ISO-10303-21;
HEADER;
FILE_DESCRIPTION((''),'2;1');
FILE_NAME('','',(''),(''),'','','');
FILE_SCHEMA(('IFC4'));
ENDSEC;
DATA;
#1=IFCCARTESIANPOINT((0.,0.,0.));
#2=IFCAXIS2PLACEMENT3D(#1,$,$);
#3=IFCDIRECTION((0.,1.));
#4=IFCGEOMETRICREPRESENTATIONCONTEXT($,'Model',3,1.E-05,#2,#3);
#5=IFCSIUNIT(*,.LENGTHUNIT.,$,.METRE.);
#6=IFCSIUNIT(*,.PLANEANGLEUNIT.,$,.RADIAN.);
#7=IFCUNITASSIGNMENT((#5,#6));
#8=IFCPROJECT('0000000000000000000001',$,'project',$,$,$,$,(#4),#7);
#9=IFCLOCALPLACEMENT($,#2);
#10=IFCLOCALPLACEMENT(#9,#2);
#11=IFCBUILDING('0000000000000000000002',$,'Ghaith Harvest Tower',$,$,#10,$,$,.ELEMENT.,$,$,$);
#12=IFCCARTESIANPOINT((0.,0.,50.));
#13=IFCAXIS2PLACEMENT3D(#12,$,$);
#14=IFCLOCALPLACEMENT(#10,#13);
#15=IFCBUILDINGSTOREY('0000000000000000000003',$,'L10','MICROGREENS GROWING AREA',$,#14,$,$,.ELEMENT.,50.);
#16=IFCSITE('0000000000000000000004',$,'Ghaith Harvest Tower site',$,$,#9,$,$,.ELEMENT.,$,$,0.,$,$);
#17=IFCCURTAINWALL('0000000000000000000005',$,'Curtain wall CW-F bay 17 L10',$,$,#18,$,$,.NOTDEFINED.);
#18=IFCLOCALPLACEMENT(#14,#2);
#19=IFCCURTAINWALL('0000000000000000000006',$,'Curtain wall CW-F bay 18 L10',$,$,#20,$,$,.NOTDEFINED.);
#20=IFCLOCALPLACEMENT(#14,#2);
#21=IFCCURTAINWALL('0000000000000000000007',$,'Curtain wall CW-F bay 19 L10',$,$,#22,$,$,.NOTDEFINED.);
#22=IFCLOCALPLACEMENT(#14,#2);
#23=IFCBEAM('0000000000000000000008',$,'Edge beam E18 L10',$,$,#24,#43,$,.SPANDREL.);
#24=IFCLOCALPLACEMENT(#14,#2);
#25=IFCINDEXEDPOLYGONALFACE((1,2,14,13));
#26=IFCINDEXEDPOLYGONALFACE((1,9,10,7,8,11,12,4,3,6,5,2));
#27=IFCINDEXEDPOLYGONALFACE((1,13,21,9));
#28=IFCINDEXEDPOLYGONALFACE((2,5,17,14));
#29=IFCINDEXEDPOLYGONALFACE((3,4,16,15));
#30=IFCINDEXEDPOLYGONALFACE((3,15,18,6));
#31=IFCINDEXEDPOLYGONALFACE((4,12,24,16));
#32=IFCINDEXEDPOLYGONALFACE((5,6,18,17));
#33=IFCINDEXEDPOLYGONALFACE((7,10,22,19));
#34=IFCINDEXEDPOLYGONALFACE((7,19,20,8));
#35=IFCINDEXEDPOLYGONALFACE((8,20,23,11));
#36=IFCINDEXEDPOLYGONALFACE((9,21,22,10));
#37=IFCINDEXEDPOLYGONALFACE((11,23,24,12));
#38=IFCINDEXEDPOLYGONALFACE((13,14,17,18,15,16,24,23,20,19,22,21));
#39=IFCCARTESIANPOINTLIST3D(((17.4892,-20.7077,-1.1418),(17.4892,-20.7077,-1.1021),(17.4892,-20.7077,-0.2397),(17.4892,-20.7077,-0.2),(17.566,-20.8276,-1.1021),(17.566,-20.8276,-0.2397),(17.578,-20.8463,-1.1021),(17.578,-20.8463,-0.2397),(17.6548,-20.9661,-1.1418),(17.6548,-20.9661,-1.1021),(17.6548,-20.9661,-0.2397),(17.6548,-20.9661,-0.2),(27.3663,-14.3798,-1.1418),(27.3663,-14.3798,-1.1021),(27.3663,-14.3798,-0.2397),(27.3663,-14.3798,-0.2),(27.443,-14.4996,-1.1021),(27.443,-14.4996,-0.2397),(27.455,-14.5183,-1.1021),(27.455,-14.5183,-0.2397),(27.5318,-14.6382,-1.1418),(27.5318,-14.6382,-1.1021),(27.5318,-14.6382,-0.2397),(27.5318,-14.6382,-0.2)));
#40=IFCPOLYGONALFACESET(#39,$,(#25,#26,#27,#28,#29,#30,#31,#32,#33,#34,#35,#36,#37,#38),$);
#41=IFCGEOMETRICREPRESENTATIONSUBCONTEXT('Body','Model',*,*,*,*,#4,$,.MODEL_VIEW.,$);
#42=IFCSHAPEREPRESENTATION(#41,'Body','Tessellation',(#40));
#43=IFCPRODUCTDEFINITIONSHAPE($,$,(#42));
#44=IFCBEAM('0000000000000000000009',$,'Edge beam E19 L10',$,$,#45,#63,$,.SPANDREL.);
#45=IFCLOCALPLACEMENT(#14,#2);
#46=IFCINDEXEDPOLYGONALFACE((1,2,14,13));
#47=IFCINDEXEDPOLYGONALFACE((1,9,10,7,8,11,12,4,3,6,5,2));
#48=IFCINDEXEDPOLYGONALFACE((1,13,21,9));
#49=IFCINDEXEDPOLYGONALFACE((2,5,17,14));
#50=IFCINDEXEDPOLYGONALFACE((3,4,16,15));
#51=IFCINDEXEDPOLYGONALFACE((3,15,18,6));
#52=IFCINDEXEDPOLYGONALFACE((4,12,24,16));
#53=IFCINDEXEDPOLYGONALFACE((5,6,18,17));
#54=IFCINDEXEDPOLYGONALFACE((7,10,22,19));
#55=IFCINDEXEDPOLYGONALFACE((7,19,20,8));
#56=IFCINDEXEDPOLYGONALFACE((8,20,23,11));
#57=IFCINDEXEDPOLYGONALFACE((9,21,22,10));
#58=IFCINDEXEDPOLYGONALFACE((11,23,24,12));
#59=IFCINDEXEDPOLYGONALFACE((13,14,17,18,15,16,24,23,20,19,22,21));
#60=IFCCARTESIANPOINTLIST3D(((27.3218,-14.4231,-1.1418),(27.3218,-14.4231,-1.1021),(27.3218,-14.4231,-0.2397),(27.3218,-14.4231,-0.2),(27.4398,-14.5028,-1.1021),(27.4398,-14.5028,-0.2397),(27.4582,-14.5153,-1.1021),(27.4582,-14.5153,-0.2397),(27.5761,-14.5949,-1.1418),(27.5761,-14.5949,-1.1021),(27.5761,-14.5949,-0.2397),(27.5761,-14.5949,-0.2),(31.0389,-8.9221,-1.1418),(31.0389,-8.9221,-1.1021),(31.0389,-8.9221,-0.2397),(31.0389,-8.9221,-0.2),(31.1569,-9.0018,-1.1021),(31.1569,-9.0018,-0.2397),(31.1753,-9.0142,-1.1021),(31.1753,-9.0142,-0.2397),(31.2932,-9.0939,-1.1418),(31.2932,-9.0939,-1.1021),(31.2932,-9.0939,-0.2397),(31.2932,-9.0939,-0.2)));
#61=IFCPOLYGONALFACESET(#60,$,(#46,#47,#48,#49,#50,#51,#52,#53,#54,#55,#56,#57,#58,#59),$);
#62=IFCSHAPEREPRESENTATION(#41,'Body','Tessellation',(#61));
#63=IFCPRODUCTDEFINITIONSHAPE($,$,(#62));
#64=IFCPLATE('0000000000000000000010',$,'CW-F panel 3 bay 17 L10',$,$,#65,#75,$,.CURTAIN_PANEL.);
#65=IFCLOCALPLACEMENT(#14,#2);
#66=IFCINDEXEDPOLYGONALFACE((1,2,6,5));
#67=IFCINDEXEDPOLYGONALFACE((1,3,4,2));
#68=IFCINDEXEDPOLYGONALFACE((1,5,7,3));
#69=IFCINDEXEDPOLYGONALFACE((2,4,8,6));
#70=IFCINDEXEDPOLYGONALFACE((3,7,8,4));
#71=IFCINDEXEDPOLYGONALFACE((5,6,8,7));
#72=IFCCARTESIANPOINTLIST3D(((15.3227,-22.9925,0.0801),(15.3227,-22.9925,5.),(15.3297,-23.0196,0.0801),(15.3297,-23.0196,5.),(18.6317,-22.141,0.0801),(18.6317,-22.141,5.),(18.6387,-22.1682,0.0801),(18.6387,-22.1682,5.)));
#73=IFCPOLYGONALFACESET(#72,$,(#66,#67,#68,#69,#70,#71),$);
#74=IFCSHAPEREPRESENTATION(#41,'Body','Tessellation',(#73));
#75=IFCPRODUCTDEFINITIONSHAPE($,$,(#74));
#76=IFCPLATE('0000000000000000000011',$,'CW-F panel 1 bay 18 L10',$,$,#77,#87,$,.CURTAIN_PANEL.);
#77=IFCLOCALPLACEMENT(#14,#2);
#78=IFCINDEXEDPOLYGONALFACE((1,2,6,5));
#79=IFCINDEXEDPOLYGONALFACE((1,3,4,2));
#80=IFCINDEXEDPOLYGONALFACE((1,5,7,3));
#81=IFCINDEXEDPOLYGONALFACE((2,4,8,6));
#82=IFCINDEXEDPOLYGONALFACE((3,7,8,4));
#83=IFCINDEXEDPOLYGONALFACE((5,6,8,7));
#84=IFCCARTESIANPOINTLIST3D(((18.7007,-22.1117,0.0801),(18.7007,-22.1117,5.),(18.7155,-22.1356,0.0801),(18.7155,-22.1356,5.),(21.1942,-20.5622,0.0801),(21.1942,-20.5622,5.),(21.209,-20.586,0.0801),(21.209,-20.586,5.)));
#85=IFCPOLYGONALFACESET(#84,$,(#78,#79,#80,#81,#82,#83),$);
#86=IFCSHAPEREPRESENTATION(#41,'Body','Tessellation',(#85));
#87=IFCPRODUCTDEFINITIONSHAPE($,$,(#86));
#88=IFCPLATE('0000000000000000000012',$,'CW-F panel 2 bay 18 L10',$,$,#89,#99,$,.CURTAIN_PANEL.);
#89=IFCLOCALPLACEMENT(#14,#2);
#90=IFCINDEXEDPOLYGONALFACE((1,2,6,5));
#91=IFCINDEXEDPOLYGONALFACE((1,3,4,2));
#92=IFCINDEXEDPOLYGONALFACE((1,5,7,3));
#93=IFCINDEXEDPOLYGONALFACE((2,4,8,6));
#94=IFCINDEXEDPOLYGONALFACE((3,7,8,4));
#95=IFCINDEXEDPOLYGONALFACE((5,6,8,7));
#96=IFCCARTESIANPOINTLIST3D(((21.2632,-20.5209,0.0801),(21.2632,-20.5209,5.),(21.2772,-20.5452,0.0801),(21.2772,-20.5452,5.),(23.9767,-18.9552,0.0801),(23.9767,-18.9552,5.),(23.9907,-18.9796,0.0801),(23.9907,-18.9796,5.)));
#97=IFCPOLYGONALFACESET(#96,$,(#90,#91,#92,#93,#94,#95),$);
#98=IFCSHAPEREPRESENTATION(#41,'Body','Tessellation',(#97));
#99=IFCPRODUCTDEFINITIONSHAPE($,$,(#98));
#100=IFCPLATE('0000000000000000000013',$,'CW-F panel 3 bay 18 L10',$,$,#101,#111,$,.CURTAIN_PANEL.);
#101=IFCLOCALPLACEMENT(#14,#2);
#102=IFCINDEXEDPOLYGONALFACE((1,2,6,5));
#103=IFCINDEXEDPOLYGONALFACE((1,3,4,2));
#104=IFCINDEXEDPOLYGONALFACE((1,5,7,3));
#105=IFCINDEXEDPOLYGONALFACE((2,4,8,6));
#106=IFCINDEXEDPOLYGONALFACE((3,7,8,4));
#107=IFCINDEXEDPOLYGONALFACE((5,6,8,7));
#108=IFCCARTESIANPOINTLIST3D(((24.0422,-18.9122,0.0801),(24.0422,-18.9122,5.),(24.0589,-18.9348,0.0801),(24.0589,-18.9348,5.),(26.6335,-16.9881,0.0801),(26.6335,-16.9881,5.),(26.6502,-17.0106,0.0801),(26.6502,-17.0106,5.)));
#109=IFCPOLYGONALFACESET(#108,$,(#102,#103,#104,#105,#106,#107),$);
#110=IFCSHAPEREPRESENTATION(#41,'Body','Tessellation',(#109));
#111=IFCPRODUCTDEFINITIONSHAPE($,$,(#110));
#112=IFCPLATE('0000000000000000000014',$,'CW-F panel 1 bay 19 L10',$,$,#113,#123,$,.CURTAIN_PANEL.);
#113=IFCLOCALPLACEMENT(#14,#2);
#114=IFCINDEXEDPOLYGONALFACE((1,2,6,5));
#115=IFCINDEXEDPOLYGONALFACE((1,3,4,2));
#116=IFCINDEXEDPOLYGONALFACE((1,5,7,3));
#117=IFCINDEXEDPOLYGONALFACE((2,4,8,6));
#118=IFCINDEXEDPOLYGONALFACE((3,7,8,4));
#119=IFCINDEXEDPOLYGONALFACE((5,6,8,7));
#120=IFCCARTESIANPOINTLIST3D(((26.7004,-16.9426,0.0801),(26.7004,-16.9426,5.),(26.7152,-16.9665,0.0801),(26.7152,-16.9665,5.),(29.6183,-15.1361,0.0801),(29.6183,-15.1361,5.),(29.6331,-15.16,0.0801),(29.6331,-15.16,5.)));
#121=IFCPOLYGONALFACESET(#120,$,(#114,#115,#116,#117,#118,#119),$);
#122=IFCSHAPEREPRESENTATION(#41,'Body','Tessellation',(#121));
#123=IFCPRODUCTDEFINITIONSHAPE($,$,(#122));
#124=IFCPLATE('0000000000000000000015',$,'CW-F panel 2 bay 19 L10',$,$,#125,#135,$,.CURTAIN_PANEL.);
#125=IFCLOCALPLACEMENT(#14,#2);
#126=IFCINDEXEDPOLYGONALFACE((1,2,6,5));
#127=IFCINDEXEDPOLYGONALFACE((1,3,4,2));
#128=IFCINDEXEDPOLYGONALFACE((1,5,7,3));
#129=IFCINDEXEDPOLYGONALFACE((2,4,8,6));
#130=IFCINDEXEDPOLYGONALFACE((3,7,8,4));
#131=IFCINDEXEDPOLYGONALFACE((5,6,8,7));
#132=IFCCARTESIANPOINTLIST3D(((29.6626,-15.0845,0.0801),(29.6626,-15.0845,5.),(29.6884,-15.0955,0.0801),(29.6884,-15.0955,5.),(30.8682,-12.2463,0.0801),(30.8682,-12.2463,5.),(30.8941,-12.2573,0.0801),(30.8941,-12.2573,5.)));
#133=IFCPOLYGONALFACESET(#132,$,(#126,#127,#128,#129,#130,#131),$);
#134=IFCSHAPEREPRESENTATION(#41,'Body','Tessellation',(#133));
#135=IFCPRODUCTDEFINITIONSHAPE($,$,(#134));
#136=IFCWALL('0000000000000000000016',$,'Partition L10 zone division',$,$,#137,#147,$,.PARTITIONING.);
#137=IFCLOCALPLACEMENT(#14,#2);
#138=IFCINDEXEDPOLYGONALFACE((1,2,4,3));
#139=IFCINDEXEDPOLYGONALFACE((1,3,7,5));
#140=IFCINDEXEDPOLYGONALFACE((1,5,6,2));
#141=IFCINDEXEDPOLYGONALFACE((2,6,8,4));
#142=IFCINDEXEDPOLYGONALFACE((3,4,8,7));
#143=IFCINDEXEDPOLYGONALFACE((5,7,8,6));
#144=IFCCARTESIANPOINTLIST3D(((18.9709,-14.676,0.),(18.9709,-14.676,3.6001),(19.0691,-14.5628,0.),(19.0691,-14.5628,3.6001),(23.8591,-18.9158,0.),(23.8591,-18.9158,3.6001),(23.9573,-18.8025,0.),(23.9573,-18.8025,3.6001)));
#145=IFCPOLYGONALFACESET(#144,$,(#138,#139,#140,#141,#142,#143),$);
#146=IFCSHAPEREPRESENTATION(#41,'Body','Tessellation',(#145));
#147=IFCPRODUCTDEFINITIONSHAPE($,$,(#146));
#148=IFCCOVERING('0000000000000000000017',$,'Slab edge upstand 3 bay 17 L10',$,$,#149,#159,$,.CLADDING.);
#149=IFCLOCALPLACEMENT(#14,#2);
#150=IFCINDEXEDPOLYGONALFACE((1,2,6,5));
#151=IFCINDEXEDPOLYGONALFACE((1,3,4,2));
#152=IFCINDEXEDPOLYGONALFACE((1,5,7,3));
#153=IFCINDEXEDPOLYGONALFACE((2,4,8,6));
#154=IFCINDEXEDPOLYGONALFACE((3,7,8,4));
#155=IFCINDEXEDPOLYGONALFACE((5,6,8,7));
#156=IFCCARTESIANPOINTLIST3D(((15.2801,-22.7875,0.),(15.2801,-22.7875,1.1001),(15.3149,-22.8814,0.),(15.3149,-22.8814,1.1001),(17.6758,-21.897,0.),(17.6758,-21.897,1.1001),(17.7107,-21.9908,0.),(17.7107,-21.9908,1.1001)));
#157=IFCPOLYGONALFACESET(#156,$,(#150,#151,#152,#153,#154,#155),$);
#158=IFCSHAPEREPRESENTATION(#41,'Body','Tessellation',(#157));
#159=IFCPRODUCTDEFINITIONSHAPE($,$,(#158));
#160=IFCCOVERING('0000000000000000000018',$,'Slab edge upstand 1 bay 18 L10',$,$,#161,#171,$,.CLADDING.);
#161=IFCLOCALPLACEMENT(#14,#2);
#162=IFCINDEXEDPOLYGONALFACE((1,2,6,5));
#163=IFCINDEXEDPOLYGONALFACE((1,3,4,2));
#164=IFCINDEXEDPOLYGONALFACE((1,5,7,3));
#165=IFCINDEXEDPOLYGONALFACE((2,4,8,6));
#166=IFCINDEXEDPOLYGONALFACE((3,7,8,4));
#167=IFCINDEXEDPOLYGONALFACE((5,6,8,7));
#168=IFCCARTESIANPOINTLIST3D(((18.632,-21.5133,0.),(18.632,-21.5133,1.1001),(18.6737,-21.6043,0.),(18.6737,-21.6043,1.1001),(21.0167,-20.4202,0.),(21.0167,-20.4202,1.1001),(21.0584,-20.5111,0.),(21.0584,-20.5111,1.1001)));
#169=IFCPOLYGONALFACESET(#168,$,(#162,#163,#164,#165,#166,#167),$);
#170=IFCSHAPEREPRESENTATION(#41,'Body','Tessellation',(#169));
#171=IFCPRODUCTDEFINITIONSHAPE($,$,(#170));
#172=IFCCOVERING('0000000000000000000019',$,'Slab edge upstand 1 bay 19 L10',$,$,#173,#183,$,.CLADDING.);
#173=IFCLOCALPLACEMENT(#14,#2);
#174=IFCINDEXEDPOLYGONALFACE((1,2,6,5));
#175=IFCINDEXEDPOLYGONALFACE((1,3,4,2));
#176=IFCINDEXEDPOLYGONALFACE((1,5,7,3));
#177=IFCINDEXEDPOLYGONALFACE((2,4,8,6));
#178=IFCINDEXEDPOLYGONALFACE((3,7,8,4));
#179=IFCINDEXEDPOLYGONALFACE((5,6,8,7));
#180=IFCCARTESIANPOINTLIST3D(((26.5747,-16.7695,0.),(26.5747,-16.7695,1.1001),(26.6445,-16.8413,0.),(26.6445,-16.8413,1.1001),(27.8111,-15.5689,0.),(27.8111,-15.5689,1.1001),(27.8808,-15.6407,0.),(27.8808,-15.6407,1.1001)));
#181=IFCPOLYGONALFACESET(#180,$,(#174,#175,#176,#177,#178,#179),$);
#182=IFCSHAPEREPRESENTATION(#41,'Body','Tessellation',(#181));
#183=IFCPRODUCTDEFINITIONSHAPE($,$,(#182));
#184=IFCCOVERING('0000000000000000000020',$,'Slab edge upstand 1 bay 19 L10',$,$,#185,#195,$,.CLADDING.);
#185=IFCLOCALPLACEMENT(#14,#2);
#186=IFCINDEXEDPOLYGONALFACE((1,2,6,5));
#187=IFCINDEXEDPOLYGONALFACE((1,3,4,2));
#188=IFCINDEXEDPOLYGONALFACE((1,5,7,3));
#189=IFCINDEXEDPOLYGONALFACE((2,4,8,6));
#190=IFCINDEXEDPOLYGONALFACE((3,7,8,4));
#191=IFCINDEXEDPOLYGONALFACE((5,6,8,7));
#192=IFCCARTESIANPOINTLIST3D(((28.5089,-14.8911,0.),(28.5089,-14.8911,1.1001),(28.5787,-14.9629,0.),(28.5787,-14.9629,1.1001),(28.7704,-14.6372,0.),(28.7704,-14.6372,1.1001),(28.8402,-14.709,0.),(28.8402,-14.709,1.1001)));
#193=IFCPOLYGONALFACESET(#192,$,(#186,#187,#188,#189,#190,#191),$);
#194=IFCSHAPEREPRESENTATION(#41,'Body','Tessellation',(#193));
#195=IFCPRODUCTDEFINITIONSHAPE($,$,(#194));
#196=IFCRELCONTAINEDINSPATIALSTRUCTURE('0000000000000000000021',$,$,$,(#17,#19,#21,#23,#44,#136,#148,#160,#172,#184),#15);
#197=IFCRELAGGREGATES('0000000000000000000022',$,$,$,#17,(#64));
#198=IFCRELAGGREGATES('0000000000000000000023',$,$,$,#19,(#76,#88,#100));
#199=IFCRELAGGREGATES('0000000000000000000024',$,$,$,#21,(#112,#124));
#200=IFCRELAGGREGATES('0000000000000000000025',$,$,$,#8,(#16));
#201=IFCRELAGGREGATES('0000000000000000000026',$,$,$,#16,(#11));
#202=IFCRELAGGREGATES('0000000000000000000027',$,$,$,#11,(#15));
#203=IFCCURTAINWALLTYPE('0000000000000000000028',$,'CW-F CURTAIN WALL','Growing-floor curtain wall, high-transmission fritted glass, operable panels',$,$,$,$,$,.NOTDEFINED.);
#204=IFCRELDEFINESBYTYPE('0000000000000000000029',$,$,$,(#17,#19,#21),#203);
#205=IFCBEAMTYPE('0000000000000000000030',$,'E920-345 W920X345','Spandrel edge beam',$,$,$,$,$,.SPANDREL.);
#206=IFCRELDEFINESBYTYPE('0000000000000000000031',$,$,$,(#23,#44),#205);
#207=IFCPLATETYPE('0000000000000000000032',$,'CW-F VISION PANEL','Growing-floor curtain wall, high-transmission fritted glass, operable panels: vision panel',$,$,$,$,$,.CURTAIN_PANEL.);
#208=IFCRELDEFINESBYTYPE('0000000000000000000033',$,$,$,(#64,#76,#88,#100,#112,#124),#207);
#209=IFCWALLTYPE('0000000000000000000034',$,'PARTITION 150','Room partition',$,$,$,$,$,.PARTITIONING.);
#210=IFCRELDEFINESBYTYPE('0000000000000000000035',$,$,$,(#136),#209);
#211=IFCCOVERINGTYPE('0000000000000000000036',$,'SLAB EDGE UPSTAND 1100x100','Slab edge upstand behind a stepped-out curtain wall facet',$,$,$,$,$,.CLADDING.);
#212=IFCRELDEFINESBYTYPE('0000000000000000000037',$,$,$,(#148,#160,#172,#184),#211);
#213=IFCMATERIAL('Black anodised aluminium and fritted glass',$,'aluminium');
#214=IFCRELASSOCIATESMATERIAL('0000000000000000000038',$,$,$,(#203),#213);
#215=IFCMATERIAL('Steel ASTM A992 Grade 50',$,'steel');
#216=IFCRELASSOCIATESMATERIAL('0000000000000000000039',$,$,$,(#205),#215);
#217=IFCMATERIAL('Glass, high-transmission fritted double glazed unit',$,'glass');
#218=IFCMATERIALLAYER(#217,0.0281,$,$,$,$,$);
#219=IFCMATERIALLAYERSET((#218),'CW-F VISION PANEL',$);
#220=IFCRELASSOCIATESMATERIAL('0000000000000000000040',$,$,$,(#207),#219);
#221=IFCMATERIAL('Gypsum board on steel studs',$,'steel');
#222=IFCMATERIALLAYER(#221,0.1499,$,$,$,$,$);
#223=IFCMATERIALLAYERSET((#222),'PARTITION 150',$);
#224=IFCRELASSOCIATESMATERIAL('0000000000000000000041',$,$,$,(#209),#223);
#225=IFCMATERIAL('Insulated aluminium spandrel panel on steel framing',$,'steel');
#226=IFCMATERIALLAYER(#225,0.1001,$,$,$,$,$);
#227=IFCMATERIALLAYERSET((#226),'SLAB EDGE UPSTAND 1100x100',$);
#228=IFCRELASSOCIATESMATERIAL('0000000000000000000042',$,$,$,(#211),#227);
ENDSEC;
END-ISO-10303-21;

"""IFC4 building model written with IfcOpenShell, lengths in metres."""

from ifc_helpers import new_model, si_unit, direction, frame, frame_2d, origin, origin_2d, place, context, subcontext, project, spatial, rectangle, i_section, extrude, material, layer, layer_set, material_profile, profile_set, type_object, element, aggregate, save


model = new_model("IFC4")

# Units and contexts
model_context = context("Model", 3, precision=1e-05, world=origin(), true_north=direction((0.0, 1.0)))
body_context = subcontext(model_context, "Body", "Model", "MODEL_VIEW")
ifc_project = project(units=[si_unit("LENGTHUNIT", "METRE"), si_unit("PLANEANGLEUNIT", "RADIAN")], contexts=[model_context])

# Site, building, storey
site_placement = place(None, origin())
site = spatial("IfcSite", under=ifc_project, at=site_placement, Name="Ghaith Harvest Tower site", CompositionType="ELEMENT", RefElevation=0.0)
building_placement = place(site_placement, origin())
building = spatial("IfcBuilding", under=site, at=building_placement, Name="Ghaith Harvest Tower", CompositionType="ELEMENT")
storey_placement = place(building_placement, frame((0.0, 0.0, 50.0)))
storey = spatial("IfcBuildingStorey", under=building, at=storey_placement, Name="L10", Description="MICROGREENS GROWING AREA", CompositionType="ELEMENT", Elevation=50.0)

# Curtain wall
ifc_material_1 = material(Name="Black anodised aluminium and fritted glass", Category="aluminium")
curtain_wall_type = type_object("IfcCurtainWallType", Name="CW-F CURTAIN WALL", Description="Growing-floor curtain wall, high-transmission fritted glass, operable panels", PredefinedType="NOTDEFINED", material=ifc_material_1)
curtain_wall_1_placement = place(storey_placement, origin())
curtain_wall_1 = element("IfcCurtainWall", 1, at=curtain_wall_1_placement, inside=storey, type_object=curtain_wall_type, Name="Curtain wall CW-F bay 17 L10", PredefinedType="NOTDEFINED")

# Curtain walls
curtain_wall_2_placement = place(storey_placement, origin())
curtain_wall_2 = element("IfcCurtainWall", 2, at=curtain_wall_2_placement, inside=storey, type_object=curtain_wall_type, Name="Curtain wall CW-F bay 18 L10", PredefinedType="NOTDEFINED")
curtain_wall_3_placement = place(storey_placement, origin())
curtain_wall_3 = element("IfcCurtainWall", 3, at=curtain_wall_3_placement, inside=storey, type_object=curtain_wall_type, Name="Curtain wall CW-F bay 19 L10", PredefinedType="NOTDEFINED")

# Beams
ifc_material_2 = material(Name="Steel ASTM A992 Grade 50", Category="steel")
ifc_material_profile_1 = material_profile(ifc_material_2, i_section(OverallWidth=0.3069, OverallDepth=0.9419, WebThickness=0.0222, FlangeThickness=0.0398, at=origin_2d()), Name="W920X345")
ifc_profile_set_1 = profile_set([ifc_material_profile_1], Name="Steel ASTM A992 Grade 50")
beam_type = type_object("IfcBeamType", Name="E920-345 W920X345", Description="Spandrel edge beam", PredefinedType="SPANDREL", material=ifc_profile_set_1)
beam_1_placement = place(storey_placement, frame((17.572, -20.8369, -0.6709), z_axis=(0.842015, 0.539455, 0.0), x_axis=(-0.539455, 0.842015, 0.0)))
element("IfcBeam", 4, at=beam_1_placement, inside=storey, type_object=beam_type, Name="Edge beam E18 L10", PredefinedType="SPANDREL", context=body_context, shape_type="SweptSolid", body=[
    extrude(i_section(OverallWidth=0.3069, OverallDepth=0.9419, WebThickness=0.0222, FlangeThickness=0.0398, at=origin_2d()), origin(), (0.0, 0.0, 1.0), 11.7302),
])
beam_2_placement = place(storey_placement, frame((27.449, -14.509, -0.6709), z_axis=(0.559874, 0.828577, 0.0), x_axis=(-0.828577, 0.559874, 0.0)))
element("IfcBeam", 5, at=beam_2_placement, inside=storey, type_object=beam_type, Name="Edge beam E19 L10", PredefinedType="SPANDREL", context=body_context, shape_type="SweptSolid", body=[
    extrude(i_section(OverallWidth=0.3069, OverallDepth=0.9419, WebThickness=0.0222, FlangeThickness=0.0398, at=origin_2d()), origin(), (0.0, 0.0, 1.0), 6.6392),
])

# Plates
ifc_material_3 = material(Name="Glass, high-transmission fritted double glazed unit", Category="glass")
ifc_layer_1 = layer(ifc_material_3, 0.0281)
ifc_layer_set_1 = layer_set([ifc_layer_1], Name="CW-F VISION PANEL")
plate_type = type_object("IfcPlateType", Name="CW-F VISION PANEL", Description="Growing-floor curtain wall, high-transmission fritted glass, operable panels: vision panel", PredefinedType="CURTAIN_PANEL", material=ifc_layer_set_1)
plate_1_placement = place(storey_placement, frame((16.9807, -22.5803, 0.0801), z_axis=(0.0, 0.0, 1.0), x_axis=(0.968451, 0.249202, 0.0)))
plate_1 = element("IfcPlate", 6, at=plate_1_placement, type_object=plate_type, Name="CW-F panel 3 bay 17 L10", PredefinedType="CURTAIN_PANEL", context=body_context, shape_type="SweptSolid", body=[
    extrude(rectangle(XDim=3.4167, YDim=0.0281, at=origin_2d()), origin(), (0.0, 0.0, 1.0), 4.9199),
])
aggregate(curtain_wall_1, [plate_1])
plate_2_placement = place(storey_placement, frame((19.9548, -21.3489, 0.0801), z_axis=(0.0, 0.0, 1.0), x_axis=(0.849361, 0.527813, 0.0)))
plate_2 = element("IfcPlate", 7, at=plate_2_placement, type_object=plate_type, Name="CW-F panel 1 bay 18 L10", PredefinedType="CURTAIN_PANEL", context=body_context, shape_type="SweptSolid", body=[
    extrude(rectangle(XDim=2.9358, YDim=0.0281, at=origin_2d()), origin(), (0.0, 0.0, 1.0), 4.9199),
])
plate_3_placement = place(storey_placement, frame((22.627, -19.7502, 0.0801), z_axis=(0.0, 0.0, 1.0), x_axis=(0.866159, 0.499768, 0.0)))
plate_3 = element("IfcPlate", 8, at=plate_3_placement, type_object=plate_type, Name="CW-F panel 2 bay 18 L10", PredefinedType="CURTAIN_PANEL", context=body_context, shape_type="SweptSolid", body=[
    extrude(rectangle(XDim=3.1328, YDim=0.0281, at=origin_2d()), origin(), (0.0, 0.0, 1.0), 4.9199),
])
plate_4_placement = place(storey_placement, frame((25.3462, -17.9614, 0.0801), z_axis=(0.0, 0.0, 1.0), x_axis=(0.802867, 0.596158, 0.0)))
plate_4 = element("IfcPlate", 9, at=plate_4_placement, type_object=plate_type, Name="CW-F panel 3 bay 18 L10", PredefinedType="CURTAIN_PANEL", context=body_context, shape_type="SweptSolid", body=[
    extrude(rectangle(XDim=3.2275, YDim=0.0281, at=origin_2d()), origin(), (0.0, 0.0, 1.0), 4.9199),
])
aggregate(curtain_wall_2, [plate_2, plate_3, plate_4])
plate_5_placement = place(storey_placement, frame((28.1667, -16.0513, 0.0801), z_axis=(0.0, 0.0, 1.0), x_axis=(0.850246, 0.526386, 0.0)))
plate_5 = element("IfcPlate", 10, at=plate_5_placement, type_object=plate_type, Name="CW-F panel 1 bay 19 L10", PredefinedType="CURTAIN_PANEL", context=body_context, shape_type="SweptSolid", body=[
    extrude(rectangle(XDim=3.4319, YDim=0.0281, at=origin_2d()), origin(), (0.0, 0.0, 1.0), 4.9199),
])
plate_6_placement = place(storey_placement, frame((30.2783, -13.6709, 0.0801), z_axis=(0.0, 0.0, 1.0), x_axis=(0.39098, 0.920399, 0.0)))
plate_6 = element("IfcPlate", 11, at=plate_6_placement, type_object=plate_type, Name="CW-F panel 2 bay 19 L10", PredefinedType="CURTAIN_PANEL", context=body_context, shape_type="SweptSolid", body=[
    extrude(rectangle(XDim=3.0837, YDim=0.0281, at=origin_2d()), origin(), (0.0, 0.0, 1.0), 4.9199),
])
aggregate(curtain_wall_3, [plate_5, plate_6])

# Wall
ifc_material_4 = material(Name="Gypsum board on steel studs", Category="steel")
ifc_layer_2 = layer(ifc_material_4, 0.1499)
ifc_layer_set_2 = layer_set([ifc_layer_2], Name="PARTITION 150")
wall_type = type_object("IfcWallType", Name="PARTITION 150", Description="Room partition", PredefinedType="PARTITIONING", material=ifc_layer_set_2)
wall_placement = place(storey_placement, frame((19.02, -14.6194, 0.0), z_axis=(0.0, 0.0, 1.0), x_axis=(0.755435, -0.655224, 0.0)))
element("IfcWall", 12, at=wall_placement, inside=storey, type_object=wall_type, Name="Partition L10 zone division", PredefinedType="PARTITIONING", context=body_context, shape_type="SweptSolid", body=[
    extrude(rectangle(XDim=6.4707, YDim=0.1499, at=frame_2d((3.2354, 0.0))), origin(), (0.0, 0.0, 1.0), 3.6001),
])

# Coverings
ifc_material_5 = material(Name="Insulated aluminium spandrel panel on steel framing", Category="steel")
ifc_layer_3 = layer(ifc_material_5, 0.1001)
ifc_layer_set_3 = layer_set([ifc_layer_3], Name="SLAB EDGE UPSTAND 1100x100")
covering_type = type_object("IfcCoveringType", Name="SLAB EDGE UPSTAND 1100x100", Description="Slab edge upstand behind a stepped-out curtain wall facet", PredefinedType="CLADDING", material=ifc_layer_set_3)
covering_1_placement = place(storey_placement, frame((16.4954, -22.3892, 0.0), z_axis=(0.0, 0.0, 1.0), x_axis=(0.937332, 0.348438, 0.0)))
element("IfcCovering", 13, at=covering_1_placement, inside=storey, type_object=covering_type, Name="Slab edge upstand 3 bay 17 L10", PredefinedType="CLADDING", context=body_context, shape_type="SweptSolid", body=[
    extrude(rectangle(XDim=2.5559, YDim=0.1001, at=origin_2d()), origin(), (0.0, 0.0, 1.0), 1.1001),
])
covering_2_placement = place(storey_placement, frame((19.8452, -21.0122, 0.0), z_axis=(0.0, 0.0, 1.0), x_axis=(0.909046, 0.416696, 0.0)))
element("IfcCovering", 14, at=covering_2_placement, inside=storey, type_object=covering_type, Name="Slab edge upstand 1 bay 18 L10", PredefinedType="CLADDING", context=body_context, shape_type="SweptSolid", body=[
    extrude(rectangle(XDim=2.6233, YDim=0.1001, at=origin_2d()), origin(), (0.0, 0.0, 1.0), 1.1001),
])
covering_3_placement = place(storey_placement, frame((27.2278, -16.2051, 0.0), z_axis=(0.0, 0.0, 1.0), x_axis=(0.717386, 0.696675, 0.0)))
element("IfcCovering", 15, at=covering_3_placement, inside=storey, type_object=covering_type, Name="Slab edge upstand 1 bay 19 L10", PredefinedType="CLADDING", context=body_context, shape_type="SweptSolid", body=[
    extrude(rectangle(XDim=1.7234, YDim=0.1001, at=origin_2d()), origin(), (0.0, 0.0, 1.0), 1.1001),
])
covering_4_placement = place(storey_placement, frame((28.6746, -14.8, 0.0), z_axis=(0.0, 0.0, 1.0), x_axis=(0.717386, 0.696675, 0.0)))
element("IfcCovering", 16, at=covering_4_placement, inside=storey, type_object=covering_type, Name="Slab edge upstand 1 bay 19 L10", PredefinedType="CLADDING", context=body_context, shape_type="SweptSolid", body=[
    extrude(rectangle(XDim=0.3645, YDim=0.1001, at=origin_2d()), origin(), (0.0, 0.0, 1.0), 1.1001),
])

save(model, "model.ifc")
